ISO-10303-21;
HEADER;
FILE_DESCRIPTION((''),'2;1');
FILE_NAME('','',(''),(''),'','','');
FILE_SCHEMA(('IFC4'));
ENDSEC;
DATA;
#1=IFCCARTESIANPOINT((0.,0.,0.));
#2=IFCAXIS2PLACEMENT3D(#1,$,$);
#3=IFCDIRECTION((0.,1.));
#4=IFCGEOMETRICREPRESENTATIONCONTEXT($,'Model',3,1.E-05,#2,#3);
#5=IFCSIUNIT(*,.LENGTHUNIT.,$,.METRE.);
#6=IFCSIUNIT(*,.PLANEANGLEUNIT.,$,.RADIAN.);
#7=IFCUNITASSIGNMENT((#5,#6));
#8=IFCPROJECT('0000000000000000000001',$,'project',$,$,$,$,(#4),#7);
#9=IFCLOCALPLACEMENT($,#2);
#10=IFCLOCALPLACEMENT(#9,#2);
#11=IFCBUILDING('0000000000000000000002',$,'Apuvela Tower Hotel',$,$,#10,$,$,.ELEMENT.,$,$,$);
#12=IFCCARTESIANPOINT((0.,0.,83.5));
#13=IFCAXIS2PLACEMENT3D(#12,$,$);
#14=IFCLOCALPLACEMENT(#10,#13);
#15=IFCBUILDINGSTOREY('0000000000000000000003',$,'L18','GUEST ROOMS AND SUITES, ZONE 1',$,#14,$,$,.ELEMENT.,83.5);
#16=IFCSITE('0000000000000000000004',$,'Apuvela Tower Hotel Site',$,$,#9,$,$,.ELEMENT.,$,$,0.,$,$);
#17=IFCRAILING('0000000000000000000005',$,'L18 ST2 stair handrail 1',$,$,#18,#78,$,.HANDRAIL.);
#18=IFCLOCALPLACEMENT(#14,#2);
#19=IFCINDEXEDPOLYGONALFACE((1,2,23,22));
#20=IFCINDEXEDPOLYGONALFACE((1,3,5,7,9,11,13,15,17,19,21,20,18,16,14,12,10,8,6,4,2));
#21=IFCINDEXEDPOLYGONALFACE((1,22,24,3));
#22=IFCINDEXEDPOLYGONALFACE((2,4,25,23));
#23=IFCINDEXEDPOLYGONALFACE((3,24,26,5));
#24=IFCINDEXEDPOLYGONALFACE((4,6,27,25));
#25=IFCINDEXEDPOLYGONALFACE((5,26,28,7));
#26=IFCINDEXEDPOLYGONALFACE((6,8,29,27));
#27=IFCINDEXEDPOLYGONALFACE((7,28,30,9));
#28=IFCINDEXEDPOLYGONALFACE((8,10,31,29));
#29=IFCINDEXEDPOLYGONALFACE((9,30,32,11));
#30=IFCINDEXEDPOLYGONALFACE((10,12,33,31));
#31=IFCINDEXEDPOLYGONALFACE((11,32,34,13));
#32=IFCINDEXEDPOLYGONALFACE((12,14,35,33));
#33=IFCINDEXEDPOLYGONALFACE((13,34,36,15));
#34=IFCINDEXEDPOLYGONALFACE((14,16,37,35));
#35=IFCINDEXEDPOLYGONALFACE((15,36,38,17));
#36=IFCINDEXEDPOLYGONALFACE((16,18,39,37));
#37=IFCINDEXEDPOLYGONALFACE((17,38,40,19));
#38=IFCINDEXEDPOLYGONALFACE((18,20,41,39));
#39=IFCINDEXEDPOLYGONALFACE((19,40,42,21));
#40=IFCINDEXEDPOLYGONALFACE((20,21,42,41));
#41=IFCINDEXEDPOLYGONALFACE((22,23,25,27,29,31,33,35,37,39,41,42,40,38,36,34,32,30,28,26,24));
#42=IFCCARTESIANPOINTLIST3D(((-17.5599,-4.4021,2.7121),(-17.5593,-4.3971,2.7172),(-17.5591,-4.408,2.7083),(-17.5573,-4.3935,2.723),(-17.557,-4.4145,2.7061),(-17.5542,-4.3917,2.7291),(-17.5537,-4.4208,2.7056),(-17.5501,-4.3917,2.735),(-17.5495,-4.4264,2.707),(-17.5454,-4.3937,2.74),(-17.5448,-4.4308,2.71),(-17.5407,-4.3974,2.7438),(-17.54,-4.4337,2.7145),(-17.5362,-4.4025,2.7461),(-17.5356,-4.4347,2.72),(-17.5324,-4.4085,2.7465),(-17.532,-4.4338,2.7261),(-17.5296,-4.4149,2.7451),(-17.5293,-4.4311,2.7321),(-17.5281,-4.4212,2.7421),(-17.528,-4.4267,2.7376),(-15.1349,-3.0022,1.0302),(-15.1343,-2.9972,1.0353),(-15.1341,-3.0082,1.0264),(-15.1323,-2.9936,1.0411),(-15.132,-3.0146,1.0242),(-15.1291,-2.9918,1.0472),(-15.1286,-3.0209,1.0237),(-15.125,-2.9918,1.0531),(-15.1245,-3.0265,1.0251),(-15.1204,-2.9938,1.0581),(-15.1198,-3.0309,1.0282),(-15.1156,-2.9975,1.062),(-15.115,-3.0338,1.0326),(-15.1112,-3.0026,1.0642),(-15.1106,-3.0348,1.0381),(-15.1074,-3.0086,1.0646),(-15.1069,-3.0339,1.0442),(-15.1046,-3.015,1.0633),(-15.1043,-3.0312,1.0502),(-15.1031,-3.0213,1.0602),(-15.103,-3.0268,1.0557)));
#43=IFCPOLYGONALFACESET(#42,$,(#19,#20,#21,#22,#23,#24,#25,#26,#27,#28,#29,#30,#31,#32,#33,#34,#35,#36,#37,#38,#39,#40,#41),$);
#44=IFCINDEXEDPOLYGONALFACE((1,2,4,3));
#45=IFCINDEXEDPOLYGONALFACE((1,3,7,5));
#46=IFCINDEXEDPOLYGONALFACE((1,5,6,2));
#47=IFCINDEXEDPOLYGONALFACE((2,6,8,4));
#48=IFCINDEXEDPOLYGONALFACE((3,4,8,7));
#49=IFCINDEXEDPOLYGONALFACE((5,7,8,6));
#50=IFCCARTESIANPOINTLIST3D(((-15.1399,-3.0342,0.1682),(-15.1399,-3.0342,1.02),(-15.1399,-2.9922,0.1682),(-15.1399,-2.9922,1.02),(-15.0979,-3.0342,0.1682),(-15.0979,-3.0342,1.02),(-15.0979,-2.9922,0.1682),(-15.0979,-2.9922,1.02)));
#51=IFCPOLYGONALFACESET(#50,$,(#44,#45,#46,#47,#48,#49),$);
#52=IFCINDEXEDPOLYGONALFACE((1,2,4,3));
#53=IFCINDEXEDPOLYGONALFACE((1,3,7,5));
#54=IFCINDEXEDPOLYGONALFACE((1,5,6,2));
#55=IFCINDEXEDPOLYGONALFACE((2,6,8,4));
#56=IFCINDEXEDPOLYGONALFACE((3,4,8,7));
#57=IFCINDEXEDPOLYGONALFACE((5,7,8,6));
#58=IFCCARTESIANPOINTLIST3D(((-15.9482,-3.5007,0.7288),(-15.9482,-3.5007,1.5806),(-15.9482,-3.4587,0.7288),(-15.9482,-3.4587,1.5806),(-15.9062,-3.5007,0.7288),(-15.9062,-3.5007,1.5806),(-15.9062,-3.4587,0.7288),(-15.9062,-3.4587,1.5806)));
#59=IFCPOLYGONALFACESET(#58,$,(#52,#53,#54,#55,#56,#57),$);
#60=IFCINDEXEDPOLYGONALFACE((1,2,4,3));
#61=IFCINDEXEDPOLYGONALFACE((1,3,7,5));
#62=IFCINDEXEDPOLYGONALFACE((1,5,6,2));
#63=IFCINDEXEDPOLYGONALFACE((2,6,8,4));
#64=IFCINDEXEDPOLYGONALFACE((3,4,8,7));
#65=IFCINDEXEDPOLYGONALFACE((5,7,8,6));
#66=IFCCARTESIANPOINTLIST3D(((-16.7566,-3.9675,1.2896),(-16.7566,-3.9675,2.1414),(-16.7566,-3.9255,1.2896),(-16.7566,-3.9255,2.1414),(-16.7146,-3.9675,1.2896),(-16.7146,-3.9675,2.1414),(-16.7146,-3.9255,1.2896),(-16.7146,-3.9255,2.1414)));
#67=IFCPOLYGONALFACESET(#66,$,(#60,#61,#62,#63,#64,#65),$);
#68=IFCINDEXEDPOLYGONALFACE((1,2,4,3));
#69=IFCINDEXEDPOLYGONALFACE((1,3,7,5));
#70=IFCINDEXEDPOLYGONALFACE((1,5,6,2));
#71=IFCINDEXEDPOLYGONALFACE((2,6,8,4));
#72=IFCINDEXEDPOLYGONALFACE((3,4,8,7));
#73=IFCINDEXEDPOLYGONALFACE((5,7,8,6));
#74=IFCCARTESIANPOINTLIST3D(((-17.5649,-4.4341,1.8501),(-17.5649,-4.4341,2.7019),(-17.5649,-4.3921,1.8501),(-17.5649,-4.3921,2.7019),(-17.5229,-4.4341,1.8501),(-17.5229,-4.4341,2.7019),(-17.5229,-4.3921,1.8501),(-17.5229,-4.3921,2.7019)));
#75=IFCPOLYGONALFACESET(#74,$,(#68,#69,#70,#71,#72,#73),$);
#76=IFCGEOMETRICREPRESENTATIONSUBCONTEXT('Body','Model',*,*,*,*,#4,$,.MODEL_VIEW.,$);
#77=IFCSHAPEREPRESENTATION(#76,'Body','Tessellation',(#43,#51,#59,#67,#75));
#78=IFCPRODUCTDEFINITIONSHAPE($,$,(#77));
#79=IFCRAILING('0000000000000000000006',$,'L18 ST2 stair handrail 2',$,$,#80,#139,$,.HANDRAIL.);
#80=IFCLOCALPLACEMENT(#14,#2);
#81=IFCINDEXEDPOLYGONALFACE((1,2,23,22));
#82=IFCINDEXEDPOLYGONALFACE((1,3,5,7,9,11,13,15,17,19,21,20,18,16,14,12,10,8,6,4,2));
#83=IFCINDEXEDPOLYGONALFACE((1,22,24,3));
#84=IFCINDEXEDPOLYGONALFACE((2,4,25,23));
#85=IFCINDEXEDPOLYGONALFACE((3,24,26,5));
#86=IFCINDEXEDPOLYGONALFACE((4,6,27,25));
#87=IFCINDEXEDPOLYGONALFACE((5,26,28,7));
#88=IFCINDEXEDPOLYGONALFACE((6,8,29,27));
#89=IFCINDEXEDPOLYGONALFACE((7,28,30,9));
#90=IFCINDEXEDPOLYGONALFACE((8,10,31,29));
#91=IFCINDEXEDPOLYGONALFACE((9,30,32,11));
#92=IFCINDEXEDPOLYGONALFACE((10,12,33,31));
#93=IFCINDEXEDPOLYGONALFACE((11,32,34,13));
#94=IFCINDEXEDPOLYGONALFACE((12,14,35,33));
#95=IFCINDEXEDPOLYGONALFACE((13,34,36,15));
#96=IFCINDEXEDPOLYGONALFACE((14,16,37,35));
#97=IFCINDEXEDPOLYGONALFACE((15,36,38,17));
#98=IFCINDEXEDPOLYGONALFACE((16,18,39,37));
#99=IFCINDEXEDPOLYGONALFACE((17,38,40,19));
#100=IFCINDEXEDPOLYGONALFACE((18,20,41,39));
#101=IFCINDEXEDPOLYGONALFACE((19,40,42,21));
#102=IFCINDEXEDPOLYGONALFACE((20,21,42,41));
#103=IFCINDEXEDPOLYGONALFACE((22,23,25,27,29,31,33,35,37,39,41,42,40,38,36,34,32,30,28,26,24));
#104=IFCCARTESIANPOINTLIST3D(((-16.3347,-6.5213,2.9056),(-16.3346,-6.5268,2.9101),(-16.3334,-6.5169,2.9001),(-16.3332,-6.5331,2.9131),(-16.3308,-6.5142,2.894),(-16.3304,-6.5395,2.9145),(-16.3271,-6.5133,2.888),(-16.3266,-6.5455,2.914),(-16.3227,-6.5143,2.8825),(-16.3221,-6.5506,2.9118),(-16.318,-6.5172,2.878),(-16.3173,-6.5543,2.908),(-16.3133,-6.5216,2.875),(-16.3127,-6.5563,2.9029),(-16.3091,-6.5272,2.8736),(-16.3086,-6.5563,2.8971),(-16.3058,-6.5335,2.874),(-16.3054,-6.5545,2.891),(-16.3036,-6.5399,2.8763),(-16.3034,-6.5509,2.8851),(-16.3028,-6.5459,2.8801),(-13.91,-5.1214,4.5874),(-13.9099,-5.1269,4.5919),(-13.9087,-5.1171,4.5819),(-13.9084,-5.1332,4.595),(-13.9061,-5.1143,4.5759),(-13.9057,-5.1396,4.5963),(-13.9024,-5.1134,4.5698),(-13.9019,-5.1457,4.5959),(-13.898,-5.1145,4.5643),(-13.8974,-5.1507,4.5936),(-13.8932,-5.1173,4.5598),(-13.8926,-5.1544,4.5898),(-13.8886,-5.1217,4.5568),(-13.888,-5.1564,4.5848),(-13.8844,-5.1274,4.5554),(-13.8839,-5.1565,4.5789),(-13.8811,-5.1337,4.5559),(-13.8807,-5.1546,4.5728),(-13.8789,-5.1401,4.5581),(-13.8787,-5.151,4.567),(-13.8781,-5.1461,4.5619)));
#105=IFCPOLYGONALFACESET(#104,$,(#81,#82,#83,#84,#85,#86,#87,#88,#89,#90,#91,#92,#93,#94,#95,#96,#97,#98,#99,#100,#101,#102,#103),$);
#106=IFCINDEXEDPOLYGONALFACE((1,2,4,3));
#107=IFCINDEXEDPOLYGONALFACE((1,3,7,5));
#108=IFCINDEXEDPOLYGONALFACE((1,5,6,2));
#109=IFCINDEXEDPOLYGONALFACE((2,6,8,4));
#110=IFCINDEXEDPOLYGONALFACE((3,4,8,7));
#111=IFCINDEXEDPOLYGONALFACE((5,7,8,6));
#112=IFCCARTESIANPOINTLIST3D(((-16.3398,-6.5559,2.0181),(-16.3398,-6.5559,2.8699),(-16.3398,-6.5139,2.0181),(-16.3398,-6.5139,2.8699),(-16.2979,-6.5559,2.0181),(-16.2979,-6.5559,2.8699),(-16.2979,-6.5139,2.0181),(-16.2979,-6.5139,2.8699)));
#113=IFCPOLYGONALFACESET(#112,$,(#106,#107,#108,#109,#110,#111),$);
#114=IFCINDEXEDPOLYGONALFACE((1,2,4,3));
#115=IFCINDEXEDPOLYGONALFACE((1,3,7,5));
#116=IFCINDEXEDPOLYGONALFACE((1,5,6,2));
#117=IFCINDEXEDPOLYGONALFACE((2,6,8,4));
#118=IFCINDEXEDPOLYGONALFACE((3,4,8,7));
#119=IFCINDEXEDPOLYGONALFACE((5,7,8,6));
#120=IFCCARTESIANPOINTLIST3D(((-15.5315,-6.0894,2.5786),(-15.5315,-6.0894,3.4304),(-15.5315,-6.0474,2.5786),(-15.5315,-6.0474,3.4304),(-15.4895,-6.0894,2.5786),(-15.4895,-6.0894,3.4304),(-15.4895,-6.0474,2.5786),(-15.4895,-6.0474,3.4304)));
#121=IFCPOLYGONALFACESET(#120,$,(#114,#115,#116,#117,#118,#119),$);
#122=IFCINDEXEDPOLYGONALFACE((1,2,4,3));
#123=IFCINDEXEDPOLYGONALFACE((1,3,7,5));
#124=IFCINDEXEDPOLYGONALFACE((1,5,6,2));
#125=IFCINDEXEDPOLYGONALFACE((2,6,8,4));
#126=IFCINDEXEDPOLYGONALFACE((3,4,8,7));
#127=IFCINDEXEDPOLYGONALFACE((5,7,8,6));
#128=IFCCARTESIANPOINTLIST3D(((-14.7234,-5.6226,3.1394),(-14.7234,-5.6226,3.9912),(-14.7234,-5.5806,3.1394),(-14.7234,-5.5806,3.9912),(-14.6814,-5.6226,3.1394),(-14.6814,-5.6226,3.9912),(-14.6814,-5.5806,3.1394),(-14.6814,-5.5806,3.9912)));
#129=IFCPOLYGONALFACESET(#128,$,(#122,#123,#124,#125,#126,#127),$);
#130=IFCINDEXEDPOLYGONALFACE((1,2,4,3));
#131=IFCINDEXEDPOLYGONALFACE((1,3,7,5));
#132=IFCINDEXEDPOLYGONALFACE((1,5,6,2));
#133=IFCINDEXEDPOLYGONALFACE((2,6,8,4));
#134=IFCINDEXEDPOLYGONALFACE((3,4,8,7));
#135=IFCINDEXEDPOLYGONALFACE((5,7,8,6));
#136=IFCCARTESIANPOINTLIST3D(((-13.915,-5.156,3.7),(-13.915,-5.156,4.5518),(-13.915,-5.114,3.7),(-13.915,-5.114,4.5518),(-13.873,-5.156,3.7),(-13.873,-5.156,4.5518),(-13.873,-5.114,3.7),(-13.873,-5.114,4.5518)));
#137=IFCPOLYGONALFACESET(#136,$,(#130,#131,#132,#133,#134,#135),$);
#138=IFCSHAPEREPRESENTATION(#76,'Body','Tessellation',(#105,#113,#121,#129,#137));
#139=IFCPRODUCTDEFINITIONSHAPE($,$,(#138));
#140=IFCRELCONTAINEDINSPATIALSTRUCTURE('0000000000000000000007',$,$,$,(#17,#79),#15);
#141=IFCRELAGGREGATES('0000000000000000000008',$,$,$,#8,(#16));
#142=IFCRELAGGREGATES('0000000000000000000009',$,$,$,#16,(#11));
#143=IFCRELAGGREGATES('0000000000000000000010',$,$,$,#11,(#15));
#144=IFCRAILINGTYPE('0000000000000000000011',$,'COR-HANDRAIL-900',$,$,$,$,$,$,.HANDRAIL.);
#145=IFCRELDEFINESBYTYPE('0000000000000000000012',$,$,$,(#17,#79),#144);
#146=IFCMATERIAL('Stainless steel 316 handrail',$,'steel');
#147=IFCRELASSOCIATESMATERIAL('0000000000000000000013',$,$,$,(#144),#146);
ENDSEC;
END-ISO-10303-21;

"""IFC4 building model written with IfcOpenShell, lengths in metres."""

from ifc_helpers import new_model, si_unit, direction, frame, origin, origin_2d, place, context, subcontext, project, spatial, rectangle, circle, extrude, material, type_object, element, save


model = new_model("IFC4")

# Units and contexts
model_context = context("Model", 3, precision=1e-05, world=origin(), true_north=direction((0.0, 1.0)))
body_context = subcontext(model_context, "Body", "Model", "MODEL_VIEW")
ifc_project = project(units=[si_unit("LENGTHUNIT", "METRE"), si_unit("PLANEANGLEUNIT", "RADIAN")], contexts=[model_context])

# Site, building, storey
site_placement = place(None, origin())
site = spatial("IfcSite", under=ifc_project, at=site_placement, Name="Apuvela Tower Hotel Site", CompositionType="ELEMENT", RefElevation=0.0)
building_placement = place(site_placement, origin())
building = spatial("IfcBuilding", under=site, at=building_placement, Name="Apuvela Tower Hotel", CompositionType="ELEMENT")
storey_placement = place(building_placement, frame((0.0, 0.0, 83.5)))
storey = spatial("IfcBuildingStorey", under=building, at=storey_placement, Name="L18", Description="GUEST ROOMS AND SUITES, ZONE 1", CompositionType="ELEMENT", Elevation=83.5)

# Railings
ifc_material_1 = material(Name="Stainless steel 316 handrail", Category="steel")
railing_type_1 = type_object("IfcRailingType", Name="COR-HANDRAIL-900", PredefinedType="HANDRAIL", material=ifc_material_1)
railing_1_placement = place(storey_placement, frame((-15.1189, -3.0132, 0.1682)))
element("IfcRailing", 1, at=railing_1_placement, inside=storey, type_object=railing_type_1, Name="L18 ST2 stair handrail 1", PredefinedType="HANDRAIL", context=body_context, shape_type="SweptSolid", body=[
    extrude(circle(Radius=0.0239, at=origin_2d()), frame((0.0, 0.0, 0.876), z_axis=(-0.742424, -0.428577, 0.514906), x_axis=(0.499946, -0.866056, 0.0)), (0.0, 0.0, 1.0), 3.2664),
    extrude(rectangle(XDim=0.042, YDim=0.042, at=origin_2d()), origin(), (0.0, 0.0, 1.0), 0.8518),
    extrude(rectangle(XDim=0.042, YDim=0.042, at=origin_2d()), frame((-0.8083, -0.4666, 0.5605)), (0.0, 0.0, 1.0), 0.8518),
    extrude(rectangle(XDim=0.042, YDim=0.042, at=origin_2d()), frame((-1.6167, -0.9333, 1.1213)), (0.0, 0.0, 1.0), 0.8518),
    extrude(rectangle(XDim=0.042, YDim=0.042, at=origin_2d()), frame((-2.425, -1.3999, 1.6819)), (0.0, 0.0, 1.0), 0.8518),
])
railing_2_placement = place(storey_placement, frame((-16.3188, -6.5349, 2.0181)))
element("IfcRailing", 2, at=railing_2_placement, inside=storey, type_object=railing_type_1, Name="L18 ST2 stair handrail 2", PredefinedType="HANDRAIL", context=body_context, shape_type="SweptSolid", body=[
    extrude(circle(Radius=0.0239, at=origin_2d()), frame((0.0, 0.0, 0.876), z_axis=(0.74239, 0.428601, 0.514934), x_axis=(-0.499984, 0.866035, 0.0)), (0.0, 0.0, 1.0), 3.2661),
    extrude(rectangle(XDim=0.042, YDim=0.042, at=origin_2d()), origin(), (0.0, 0.0, 1.0), 0.8518),
    extrude(rectangle(XDim=0.042, YDim=0.042, at=origin_2d()), frame((0.8083, 0.4666, 0.5605)), (0.0, 0.0, 1.0), 0.8518),
    extrude(rectangle(XDim=0.042, YDim=0.042, at=origin_2d()), frame((1.6165, 0.9333, 1.1213)), (0.0, 0.0, 1.0), 0.8518),
    extrude(rectangle(XDim=0.042, YDim=0.042, at=origin_2d()), frame((2.4248, 1.3999, 1.6819)), (0.0, 0.0, 1.0), 0.8518),
])

save(model, "model.ifc")
